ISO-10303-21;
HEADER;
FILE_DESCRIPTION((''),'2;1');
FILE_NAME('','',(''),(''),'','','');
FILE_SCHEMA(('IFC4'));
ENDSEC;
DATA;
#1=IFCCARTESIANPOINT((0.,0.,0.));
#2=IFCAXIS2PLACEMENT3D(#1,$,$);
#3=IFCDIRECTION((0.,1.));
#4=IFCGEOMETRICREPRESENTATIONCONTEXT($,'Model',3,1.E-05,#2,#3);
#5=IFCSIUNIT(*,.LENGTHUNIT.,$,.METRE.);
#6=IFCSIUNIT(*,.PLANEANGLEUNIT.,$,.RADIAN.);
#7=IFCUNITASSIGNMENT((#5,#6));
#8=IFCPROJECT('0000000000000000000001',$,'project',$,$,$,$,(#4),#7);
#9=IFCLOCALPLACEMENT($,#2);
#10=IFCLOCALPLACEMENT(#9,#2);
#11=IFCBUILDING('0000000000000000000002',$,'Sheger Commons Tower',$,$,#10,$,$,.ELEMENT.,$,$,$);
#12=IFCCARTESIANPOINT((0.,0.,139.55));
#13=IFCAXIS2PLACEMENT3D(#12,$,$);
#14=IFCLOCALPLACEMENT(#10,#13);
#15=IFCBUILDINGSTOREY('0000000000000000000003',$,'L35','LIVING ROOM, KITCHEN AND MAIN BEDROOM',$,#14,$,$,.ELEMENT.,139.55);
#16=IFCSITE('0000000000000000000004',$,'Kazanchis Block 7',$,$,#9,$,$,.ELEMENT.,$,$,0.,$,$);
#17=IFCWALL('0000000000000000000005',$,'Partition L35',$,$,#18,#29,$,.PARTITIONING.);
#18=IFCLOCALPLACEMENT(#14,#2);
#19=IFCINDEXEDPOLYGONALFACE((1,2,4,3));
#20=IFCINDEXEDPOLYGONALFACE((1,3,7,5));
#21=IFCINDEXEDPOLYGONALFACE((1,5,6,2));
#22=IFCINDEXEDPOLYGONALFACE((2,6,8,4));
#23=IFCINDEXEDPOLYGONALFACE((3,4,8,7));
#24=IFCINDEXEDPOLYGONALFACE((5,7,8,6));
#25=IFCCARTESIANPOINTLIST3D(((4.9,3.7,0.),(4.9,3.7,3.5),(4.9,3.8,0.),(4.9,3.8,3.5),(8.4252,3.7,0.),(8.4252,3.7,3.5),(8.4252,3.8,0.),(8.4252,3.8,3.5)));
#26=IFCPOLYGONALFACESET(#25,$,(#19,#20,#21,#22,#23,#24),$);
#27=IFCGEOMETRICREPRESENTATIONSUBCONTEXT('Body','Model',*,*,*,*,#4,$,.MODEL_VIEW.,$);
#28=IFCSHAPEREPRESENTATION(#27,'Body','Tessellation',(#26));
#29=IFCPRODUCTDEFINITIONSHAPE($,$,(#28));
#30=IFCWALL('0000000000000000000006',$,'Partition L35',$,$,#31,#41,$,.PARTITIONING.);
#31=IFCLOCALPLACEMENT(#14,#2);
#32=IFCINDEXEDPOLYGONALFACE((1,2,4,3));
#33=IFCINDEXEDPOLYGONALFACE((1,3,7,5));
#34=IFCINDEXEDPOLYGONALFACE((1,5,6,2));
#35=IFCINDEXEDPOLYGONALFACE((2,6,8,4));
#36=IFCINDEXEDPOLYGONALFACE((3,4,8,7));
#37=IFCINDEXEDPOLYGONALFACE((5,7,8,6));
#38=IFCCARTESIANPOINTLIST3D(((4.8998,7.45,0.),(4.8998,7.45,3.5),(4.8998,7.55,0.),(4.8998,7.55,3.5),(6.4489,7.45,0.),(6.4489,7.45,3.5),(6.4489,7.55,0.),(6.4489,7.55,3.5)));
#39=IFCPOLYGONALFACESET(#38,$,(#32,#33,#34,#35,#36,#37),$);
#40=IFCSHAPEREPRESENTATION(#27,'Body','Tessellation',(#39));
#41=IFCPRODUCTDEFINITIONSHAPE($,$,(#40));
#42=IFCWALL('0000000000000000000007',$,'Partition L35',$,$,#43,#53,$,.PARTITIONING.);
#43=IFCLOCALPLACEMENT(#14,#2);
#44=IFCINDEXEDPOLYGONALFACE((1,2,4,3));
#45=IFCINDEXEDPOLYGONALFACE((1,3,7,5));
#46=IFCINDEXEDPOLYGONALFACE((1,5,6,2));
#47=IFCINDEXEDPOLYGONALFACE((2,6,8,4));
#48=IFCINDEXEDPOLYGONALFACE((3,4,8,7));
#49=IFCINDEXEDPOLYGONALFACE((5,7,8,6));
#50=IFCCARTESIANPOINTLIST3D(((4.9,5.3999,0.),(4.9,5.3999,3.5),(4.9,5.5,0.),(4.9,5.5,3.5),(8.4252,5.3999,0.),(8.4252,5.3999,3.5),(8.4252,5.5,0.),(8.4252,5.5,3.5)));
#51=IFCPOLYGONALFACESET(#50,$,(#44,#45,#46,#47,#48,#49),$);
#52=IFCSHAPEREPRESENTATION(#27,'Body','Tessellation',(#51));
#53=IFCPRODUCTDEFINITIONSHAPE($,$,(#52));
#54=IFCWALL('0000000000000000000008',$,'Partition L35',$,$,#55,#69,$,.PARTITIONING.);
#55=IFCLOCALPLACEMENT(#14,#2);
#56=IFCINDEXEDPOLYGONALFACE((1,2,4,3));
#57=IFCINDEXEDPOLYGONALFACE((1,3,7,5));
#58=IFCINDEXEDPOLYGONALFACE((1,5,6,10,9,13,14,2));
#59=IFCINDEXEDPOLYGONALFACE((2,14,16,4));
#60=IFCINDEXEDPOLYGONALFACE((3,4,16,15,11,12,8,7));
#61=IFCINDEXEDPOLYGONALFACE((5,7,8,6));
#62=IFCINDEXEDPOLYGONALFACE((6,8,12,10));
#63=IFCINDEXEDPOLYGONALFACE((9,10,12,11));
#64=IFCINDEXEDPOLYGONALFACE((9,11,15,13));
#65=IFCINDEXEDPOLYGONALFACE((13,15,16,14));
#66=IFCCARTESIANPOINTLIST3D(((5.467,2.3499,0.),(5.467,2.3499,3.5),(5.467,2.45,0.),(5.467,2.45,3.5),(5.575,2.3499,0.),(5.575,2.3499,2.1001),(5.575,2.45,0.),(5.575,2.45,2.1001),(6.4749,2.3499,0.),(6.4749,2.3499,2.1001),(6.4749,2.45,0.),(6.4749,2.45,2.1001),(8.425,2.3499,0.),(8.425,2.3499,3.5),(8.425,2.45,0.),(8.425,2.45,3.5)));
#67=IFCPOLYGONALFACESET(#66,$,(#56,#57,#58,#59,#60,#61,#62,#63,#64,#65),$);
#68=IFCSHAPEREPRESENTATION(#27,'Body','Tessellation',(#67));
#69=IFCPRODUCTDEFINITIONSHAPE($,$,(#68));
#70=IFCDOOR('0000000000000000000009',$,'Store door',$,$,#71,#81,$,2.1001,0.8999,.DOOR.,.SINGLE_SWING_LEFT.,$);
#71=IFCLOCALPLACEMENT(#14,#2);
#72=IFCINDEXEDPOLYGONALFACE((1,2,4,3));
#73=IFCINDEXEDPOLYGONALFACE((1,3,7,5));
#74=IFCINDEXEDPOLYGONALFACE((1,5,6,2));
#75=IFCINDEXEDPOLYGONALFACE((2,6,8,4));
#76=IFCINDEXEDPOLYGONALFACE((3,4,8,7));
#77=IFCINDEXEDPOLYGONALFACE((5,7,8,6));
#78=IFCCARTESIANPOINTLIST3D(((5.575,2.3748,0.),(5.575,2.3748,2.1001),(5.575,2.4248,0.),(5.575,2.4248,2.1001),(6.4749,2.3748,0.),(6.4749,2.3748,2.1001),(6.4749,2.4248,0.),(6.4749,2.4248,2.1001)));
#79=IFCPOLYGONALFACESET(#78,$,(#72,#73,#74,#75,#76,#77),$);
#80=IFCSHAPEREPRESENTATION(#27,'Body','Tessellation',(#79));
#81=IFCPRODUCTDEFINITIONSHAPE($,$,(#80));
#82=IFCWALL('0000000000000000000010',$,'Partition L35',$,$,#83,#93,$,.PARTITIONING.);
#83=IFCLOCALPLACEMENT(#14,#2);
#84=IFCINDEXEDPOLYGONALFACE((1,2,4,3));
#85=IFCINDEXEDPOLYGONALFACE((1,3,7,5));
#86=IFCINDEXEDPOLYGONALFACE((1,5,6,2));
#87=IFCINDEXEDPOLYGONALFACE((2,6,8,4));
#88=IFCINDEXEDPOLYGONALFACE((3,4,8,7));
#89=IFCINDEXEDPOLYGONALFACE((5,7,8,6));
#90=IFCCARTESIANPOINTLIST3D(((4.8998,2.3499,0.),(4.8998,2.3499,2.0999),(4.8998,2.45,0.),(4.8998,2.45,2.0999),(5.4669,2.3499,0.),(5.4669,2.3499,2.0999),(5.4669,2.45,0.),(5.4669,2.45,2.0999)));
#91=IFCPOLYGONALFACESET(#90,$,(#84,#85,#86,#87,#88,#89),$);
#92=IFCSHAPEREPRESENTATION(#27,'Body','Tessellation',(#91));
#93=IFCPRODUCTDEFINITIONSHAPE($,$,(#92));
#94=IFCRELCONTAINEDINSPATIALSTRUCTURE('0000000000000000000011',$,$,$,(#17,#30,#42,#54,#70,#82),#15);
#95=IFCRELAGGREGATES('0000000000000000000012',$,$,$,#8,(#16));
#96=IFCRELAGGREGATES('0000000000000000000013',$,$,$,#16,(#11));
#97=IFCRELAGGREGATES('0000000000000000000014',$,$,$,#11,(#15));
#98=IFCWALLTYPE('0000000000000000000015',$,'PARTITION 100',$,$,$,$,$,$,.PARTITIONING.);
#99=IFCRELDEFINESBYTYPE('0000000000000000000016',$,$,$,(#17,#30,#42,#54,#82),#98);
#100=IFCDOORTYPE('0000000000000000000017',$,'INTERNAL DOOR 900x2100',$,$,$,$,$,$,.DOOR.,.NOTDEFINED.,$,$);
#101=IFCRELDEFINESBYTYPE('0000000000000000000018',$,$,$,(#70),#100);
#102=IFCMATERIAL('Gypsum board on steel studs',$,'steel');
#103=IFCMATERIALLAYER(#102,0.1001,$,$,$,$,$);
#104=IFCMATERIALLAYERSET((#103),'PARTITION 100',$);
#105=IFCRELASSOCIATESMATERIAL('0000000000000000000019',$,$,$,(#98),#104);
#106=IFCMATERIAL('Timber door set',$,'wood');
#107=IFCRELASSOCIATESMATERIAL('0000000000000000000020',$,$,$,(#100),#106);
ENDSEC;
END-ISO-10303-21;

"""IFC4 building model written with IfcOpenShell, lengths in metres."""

from ifc_helpers import new_model, si_unit, direction, frame, frame_2d, origin, place, context, subcontext, project, spatial, rectangle, extrude, material, layer, layer_set, type_object, element, fill, save


model = new_model("IFC4")

# Units and contexts
model_context = context("Model", 3, precision=1e-05, world=origin(), true_north=direction((0.0, 1.0)))
body_context = subcontext(model_context, "Body", "Model", "MODEL_VIEW")
ifc_project = project(units=[si_unit("LENGTHUNIT", "METRE"), si_unit("PLANEANGLEUNIT", "RADIAN")], contexts=[model_context])

# Site, building, storey
site_placement = place(None, origin())
site = spatial("IfcSite", under=ifc_project, at=site_placement, Name="Kazanchis Block 7", CompositionType="ELEMENT", RefElevation=0.0)
building_placement = place(site_placement, origin())
building = spatial("IfcBuilding", under=site, at=building_placement, Name="Sheger Commons Tower", CompositionType="ELEMENT")
storey_placement = place(building_placement, frame((0.0, 0.0, 139.55)))
storey = spatial("IfcBuildingStorey", under=building, at=storey_placement, Name="L35", Description="LIVING ROOM, KITCHEN AND MAIN BEDROOM", CompositionType="ELEMENT", Elevation=139.55)

# Shared definitions
ifc_material_1 = material(Name="Gypsum board on steel studs", Category="steel")
ifc_layer_1 = layer(ifc_material_1, 0.1001)
ifc_layer_set_1 = layer_set([ifc_layer_1], Name="PARTITION 100")
wall_type_1 = type_object("IfcWallType", Name="PARTITION 100", PredefinedType="PARTITIONING", material=ifc_layer_set_1)
ifc_material_2 = material(Name="Timber door set", Category="wood")
door_type = type_object("IfcDoorType", Name="INTERNAL DOOR 900x2100", OperationType="NOTDEFINED", PredefinedType="DOOR", material=ifc_material_2)

# Walls
wall_1_placement = place(storey_placement, frame((4.8999, 3.75, 0.0), z_axis=(0.0, 0.0, 1.0), x_axis=(1.0, 0.0, 0.0)))
element("IfcWall", 1, at=wall_1_placement, inside=storey, type_object=wall_type_1, Name="Partition L35", PredefinedType="PARTITIONING", context=body_context, shape_type="SweptSolid", body=[
    extrude(rectangle(XDim=3.5251, YDim=0.1001, at=frame_2d((1.7627, 0.0))), origin(), (0.0, 0.0, 1.0), 3.5),
])
wall_2_placement = place(storey_placement, frame((4.8999, 7.5, 0.0), z_axis=(0.0, 0.0, 1.0), x_axis=(1.0, 0.0, 0.0)))
element("IfcWall", 2, at=wall_2_placement, inside=storey, type_object=wall_type_1, Name="Partition L35", PredefinedType="PARTITIONING", context=body_context, shape_type="SweptSolid", body=[
    extrude(rectangle(XDim=1.5491, YDim=0.1001, at=frame_2d((0.7744, 0.0))), origin(), (0.0, 0.0, 1.0), 3.5),
])
wall_3_placement = place(storey_placement, frame((4.8999, 5.45, 0.0), z_axis=(0.0, 0.0, 1.0), x_axis=(1.0, 0.0, 0.0)))
element("IfcWall", 3, at=wall_3_placement, inside=storey, type_object=wall_type_1, Name="Partition L35", PredefinedType="PARTITIONING", context=body_context, shape_type="SweptSolid", body=[
    extrude(rectangle(XDim=3.5251, YDim=0.1001, at=frame_2d((1.7627, 0.0))), origin(), (0.0, 0.0, 1.0), 3.5),
])

# Wall, opening, door
wall_4_placement = place(storey_placement, frame((5.467, 2.3999, 0.0), z_axis=(0.0, 0.0, 1.0), x_axis=(1.0, 0.0, 0.0)))
wall_4 = element("IfcWall", 4, at=wall_4_placement, inside=storey, type_object=wall_type_1, Name="Partition L35", PredefinedType="PARTITIONING", context=body_context, shape_type="SweptSolid", body=[
    extrude(rectangle(XDim=2.958, YDim=0.1001, at=frame_2d((1.479, 0.0))), origin(), (0.0, 0.0, 1.0), 3.5),
])
opening_1_placement = place(wall_4_placement, frame((0.1079, 0.0, 0.0)))
opening_1 = element("IfcOpeningElement", 5, at=opening_1_placement, cuts=wall_4, PredefinedType="OPENING", context=body_context, shape_type="SweptSolid", body=[
    extrude(rectangle(XDim=0.8999, YDim=2.1001, at=frame_2d((0.45, 1.05))), frame((0.0, 0.0601, 0.0), z_axis=(0.0, -1.0, 0.0), x_axis=(1.0, 0.0, 0.0)), (0.0, 0.0, 1.0), 0.1201),
])
door_1_placement = place(opening_1_placement, origin())
door_1 = element("IfcDoor", 6, at=door_1_placement, inside=storey, type_object=door_type, Name="Store door", OperationType="SINGLE_SWING_LEFT", OverallHeight=2.1001, OverallWidth=0.8999, PredefinedType="DOOR", context=body_context, shape_type="SweptSolid", body=[
    extrude(rectangle(XDim=0.8999, YDim=2.1001, at=frame_2d((0.45, 1.05))), frame((0.0, 0.0249, 0.0), z_axis=(0.0, -1.0, 0.0), x_axis=(1.0, 0.0, 0.0)), (0.0, 0.0, 1.0), 0.05),
])
fill(opening_1, door_1)

# Wall
wall_5_placement = place(storey_placement, frame((5.467, 2.3999, 0.0), z_axis=(0.0, 0.0, 1.0), x_axis=(-1.0, 0.0, 0.0)))
element("IfcWall", 7, at=wall_5_placement, inside=storey, type_object=wall_type_1, Name="Partition L35", PredefinedType="PARTITIONING", context=body_context, shape_type="SweptSolid", body=[
    extrude(rectangle(XDim=0.5671, YDim=0.1001, at=frame_2d((0.2837, 0.0))), origin(), (0.0, 0.0, 1.0), 2.0999),
])

save(model, "model.ifc")
